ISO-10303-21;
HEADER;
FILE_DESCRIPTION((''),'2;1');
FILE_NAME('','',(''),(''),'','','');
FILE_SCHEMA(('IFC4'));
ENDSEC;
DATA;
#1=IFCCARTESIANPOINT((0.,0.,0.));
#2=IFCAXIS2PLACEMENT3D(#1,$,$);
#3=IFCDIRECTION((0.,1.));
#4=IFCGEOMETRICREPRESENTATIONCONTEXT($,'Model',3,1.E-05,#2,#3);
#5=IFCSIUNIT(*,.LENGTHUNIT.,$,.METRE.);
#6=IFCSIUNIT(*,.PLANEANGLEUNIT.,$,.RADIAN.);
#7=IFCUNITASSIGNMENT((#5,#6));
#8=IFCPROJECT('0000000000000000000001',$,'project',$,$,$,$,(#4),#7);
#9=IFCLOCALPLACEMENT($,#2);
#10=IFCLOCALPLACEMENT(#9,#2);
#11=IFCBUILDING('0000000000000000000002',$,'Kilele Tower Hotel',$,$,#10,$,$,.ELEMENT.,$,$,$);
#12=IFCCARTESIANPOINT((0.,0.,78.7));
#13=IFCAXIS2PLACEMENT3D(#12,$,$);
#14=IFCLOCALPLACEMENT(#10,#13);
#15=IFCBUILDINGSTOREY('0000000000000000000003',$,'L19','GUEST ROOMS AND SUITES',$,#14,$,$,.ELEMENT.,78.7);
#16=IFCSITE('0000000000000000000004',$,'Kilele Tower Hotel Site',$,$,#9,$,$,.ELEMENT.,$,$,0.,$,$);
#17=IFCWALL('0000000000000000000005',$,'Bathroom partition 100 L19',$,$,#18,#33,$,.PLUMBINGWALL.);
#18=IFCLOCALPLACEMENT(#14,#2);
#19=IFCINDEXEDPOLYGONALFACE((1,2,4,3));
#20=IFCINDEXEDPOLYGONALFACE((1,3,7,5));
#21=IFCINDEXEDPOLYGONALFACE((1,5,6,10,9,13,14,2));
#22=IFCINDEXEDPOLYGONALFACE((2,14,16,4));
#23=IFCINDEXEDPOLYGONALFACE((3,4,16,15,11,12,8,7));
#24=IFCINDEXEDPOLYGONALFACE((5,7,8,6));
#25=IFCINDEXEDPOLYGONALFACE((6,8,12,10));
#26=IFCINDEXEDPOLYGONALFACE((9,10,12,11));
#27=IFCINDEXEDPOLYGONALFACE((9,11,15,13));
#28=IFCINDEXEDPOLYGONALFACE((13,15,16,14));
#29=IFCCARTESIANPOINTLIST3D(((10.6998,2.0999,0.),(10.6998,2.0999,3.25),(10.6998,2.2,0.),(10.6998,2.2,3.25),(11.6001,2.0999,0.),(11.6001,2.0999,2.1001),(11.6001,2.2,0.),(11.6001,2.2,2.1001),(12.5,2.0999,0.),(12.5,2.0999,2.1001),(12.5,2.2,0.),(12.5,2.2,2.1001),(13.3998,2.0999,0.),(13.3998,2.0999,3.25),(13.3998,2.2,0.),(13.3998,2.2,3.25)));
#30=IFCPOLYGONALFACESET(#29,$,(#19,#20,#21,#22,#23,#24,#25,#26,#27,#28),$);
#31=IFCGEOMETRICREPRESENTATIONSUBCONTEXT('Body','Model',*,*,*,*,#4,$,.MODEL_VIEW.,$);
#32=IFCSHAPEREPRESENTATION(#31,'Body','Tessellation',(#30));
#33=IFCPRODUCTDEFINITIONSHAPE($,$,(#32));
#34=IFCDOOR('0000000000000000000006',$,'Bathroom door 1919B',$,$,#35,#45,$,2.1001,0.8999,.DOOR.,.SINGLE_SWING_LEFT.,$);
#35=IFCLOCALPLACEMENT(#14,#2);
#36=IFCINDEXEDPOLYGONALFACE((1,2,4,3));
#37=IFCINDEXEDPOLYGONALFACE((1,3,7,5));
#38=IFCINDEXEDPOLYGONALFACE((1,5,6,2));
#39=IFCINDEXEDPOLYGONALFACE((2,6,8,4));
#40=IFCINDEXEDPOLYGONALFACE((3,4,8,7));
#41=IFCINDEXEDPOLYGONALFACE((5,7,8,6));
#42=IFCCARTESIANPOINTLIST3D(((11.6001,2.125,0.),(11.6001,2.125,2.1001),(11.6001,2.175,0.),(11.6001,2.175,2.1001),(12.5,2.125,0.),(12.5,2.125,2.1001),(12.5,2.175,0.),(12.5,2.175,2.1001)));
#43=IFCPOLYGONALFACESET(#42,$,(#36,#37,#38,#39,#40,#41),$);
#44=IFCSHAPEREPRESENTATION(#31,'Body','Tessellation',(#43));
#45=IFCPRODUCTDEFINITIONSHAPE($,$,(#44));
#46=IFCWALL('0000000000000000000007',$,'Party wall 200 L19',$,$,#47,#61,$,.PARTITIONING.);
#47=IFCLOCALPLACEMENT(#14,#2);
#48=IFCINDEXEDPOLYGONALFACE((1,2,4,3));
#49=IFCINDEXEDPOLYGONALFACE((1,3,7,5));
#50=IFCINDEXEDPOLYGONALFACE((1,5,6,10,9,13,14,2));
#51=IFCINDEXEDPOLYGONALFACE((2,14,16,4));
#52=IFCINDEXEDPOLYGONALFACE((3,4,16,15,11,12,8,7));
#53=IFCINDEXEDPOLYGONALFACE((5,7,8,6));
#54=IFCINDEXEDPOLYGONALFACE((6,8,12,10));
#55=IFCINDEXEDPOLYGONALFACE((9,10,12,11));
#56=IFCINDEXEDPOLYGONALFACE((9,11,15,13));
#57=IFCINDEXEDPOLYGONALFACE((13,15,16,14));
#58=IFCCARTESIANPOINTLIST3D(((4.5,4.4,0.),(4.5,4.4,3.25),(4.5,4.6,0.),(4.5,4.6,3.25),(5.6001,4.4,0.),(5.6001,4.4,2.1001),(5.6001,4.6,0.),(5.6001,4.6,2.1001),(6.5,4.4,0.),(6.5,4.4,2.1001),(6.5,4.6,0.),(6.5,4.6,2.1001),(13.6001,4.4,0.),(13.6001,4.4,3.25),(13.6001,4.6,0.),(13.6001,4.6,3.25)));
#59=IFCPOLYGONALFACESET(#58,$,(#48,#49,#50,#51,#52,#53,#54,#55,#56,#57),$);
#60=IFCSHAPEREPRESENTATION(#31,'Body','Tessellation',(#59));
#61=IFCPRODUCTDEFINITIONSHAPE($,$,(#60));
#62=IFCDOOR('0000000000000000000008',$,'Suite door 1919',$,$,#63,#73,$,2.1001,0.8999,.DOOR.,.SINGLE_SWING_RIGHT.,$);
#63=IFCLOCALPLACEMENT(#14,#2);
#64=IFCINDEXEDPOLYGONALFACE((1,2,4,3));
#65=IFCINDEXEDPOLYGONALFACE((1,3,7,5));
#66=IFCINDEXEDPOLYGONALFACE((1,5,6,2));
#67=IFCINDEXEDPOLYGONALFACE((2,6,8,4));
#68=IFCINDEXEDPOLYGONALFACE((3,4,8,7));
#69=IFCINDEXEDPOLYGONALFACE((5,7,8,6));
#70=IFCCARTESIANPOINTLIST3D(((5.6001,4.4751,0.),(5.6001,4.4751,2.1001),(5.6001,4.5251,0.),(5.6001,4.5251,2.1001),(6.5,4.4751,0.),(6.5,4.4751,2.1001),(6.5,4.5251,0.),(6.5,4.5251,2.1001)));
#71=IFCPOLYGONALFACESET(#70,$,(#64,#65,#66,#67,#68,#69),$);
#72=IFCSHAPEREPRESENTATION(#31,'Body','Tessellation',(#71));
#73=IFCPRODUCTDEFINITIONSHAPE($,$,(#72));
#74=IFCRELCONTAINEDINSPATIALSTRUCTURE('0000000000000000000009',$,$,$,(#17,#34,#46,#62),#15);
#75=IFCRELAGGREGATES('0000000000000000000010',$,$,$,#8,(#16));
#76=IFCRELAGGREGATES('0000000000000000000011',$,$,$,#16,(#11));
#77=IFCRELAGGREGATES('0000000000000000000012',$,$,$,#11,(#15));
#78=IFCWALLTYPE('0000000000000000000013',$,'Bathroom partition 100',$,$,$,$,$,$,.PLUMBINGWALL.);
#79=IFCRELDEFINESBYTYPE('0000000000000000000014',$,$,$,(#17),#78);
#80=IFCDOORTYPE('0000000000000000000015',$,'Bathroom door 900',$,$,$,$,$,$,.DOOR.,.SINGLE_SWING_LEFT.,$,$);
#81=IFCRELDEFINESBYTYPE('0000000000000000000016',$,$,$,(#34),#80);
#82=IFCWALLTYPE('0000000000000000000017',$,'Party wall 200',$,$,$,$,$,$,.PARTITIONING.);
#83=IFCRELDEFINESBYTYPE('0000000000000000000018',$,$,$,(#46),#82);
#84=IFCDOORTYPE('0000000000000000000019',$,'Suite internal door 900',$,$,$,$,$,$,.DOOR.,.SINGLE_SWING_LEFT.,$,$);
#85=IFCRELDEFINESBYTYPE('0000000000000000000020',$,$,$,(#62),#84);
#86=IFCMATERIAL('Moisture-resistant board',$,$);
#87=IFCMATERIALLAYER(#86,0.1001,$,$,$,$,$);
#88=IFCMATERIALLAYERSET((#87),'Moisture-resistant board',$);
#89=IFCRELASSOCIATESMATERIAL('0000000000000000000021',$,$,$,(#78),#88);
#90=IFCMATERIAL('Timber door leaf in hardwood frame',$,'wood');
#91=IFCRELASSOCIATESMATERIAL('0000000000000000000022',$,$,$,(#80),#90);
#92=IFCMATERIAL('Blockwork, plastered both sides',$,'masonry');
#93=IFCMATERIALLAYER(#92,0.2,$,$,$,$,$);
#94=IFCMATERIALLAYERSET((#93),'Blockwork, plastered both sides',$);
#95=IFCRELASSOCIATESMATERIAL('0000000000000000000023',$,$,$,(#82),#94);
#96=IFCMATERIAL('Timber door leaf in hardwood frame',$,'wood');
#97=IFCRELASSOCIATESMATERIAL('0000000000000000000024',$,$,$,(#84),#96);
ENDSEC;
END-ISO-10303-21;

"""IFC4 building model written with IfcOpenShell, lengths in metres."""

from ifc_helpers import new_model, si_unit, direction, frame, frame_2d, origin, place, context, subcontext, project, spatial, rectangle, extrude, material, layer, layer_set, type_object, element, fill, save


model = new_model("IFC4")

# Units and contexts
model_context = context("Model", 3, precision=1e-05, world=origin(), true_north=direction((0.0, 1.0)))
body_context = subcontext(model_context, "Body", "Model", "MODEL_VIEW")
ifc_project = project(units=[si_unit("LENGTHUNIT", "METRE"), si_unit("PLANEANGLEUNIT", "RADIAN")], contexts=[model_context])

# Site, building, storey
site_placement = place(None, origin())
site = spatial("IfcSite", under=ifc_project, at=site_placement, Name="Kilele Tower Hotel Site", CompositionType="ELEMENT", RefElevation=0.0)
building_placement = place(site_placement, origin())
building = spatial("IfcBuilding", under=site, at=building_placement, Name="Kilele Tower Hotel", CompositionType="ELEMENT")
storey_placement = place(building_placement, frame((0.0, 0.0, 78.7)))
storey = spatial("IfcBuildingStorey", under=building, at=storey_placement, Name="L19", Description="GUEST ROOMS AND SUITES", CompositionType="ELEMENT", Elevation=78.7)

# Shared definitions
ifc_material_1 = material(Name="Moisture-resistant board")
ifc_layer_1 = layer(ifc_material_1, 0.1001)
ifc_layer_set_1 = layer_set([ifc_layer_1], Name="Moisture-resistant board")
wall_type_1 = type_object("IfcWallType", Name="Bathroom partition 100", PredefinedType="PLUMBINGWALL", material=ifc_layer_set_1)

# Walls, openings, doors
ifc_material_2 = material(Name="Timber door leaf in hardwood frame", Category="wood")
door_type_1 = type_object("IfcDoorType", Name="Bathroom door 900", OperationType="SINGLE_SWING_LEFT", PredefinedType="DOOR", material=ifc_material_2)
wall_1_placement = place(storey_placement, frame((13.3999, 2.1499, 0.0), z_axis=(0.0, 0.0, 1.0), x_axis=(-1.0, 0.0, 0.0)))
wall_1 = element("IfcWall", 1, at=wall_1_placement, inside=storey, type_object=wall_type_1, Name="Bathroom partition 100 L19", PredefinedType="PLUMBINGWALL", context=body_context, shape_type="SweptSolid", body=[
    extrude(rectangle(XDim=2.7, YDim=0.1001, at=frame_2d((1.3501, 0.0))), origin(), (0.0, 0.0, 1.0), 3.25),
])
opening_1_placement = place(wall_1_placement, frame((0.8999, 0.0, 0.0)))
opening_1 = element("IfcOpeningElement", 2, at=opening_1_placement, cuts=wall_1, PredefinedType="OPENING", context=body_context, shape_type="SweptSolid", body=[
    extrude(rectangle(XDim=0.8999, YDim=2.1001, at=frame_2d((0.45, 1.05))), frame((0.0, 0.0601, 0.0), z_axis=(0.0, -1.0, 0.0), x_axis=(1.0, 0.0, 0.0)), (0.0, 0.0, 1.0), 0.1201),
])
door_1_placement = place(opening_1_placement, origin())
door_1 = element("IfcDoor", 3, at=door_1_placement, inside=storey, type_object=door_type_1, Name="Bathroom door 1919B", OperationType="SINGLE_SWING_LEFT", OverallHeight=2.1001, OverallWidth=0.8999, PredefinedType="DOOR", context=body_context, shape_type="SweptSolid", body=[
    extrude(rectangle(XDim=0.8999, YDim=2.1001, at=frame_2d((0.45, 1.05))), frame((0.0, 0.0249, 0.0), z_axis=(0.0, -1.0, 0.0), x_axis=(1.0, 0.0, 0.0)), (0.0, 0.0, 1.0), 0.05),
])
fill(opening_1, door_1)
ifc_material_3 = material(Name="Blockwork, plastered both sides", Category="masonry")
ifc_layer_2 = layer(ifc_material_3, 0.2)
ifc_layer_set_2 = layer_set([ifc_layer_2], Name="Blockwork, plastered both sides")
wall_type_2 = type_object("IfcWallType", Name="Party wall 200", PredefinedType="PARTITIONING", material=ifc_layer_set_2)
wall_2_placement = place(storey_placement, frame((13.6001, 4.5, 0.0), z_axis=(0.0, 0.0, 1.0), x_axis=(-1.0, 0.0, 0.0)))
wall_2 = element("IfcWall", 4, at=wall_2_placement, inside=storey, type_object=wall_type_2, Name="Party wall 200 L19", PredefinedType="PARTITIONING", context=body_context, shape_type="SweptSolid", body=[
    extrude(rectangle(XDim=9.1001, YDim=0.2, at=frame_2d((4.55, 0.0))), origin(), (0.0, 0.0, 1.0), 3.25),
])
opening_2_placement = place(wall_2_placement, frame((7.1001, 0.0, 0.0)))
opening_2 = element("IfcOpeningElement", 5, at=opening_2_placement, cuts=wall_2, PredefinedType="OPENING", context=body_context, shape_type="SweptSolid", body=[
    extrude(rectangle(XDim=0.8999, YDim=2.1001, at=frame_2d((0.45, 1.05))), frame((0.0, 0.1099, 0.0), z_axis=(0.0, -1.0, 0.0), x_axis=(1.0, 0.0, 0.0)), (0.0, 0.0, 1.0), 0.22),
])
ifc_material_4 = material(Name="Timber door leaf in hardwood frame", Category="wood")
door_type_2 = type_object("IfcDoorType", Name="Suite internal door 900", OperationType="SINGLE_SWING_LEFT", PredefinedType="DOOR", material=ifc_material_4)
door_2_placement = place(opening_2_placement, origin())
door_2 = element("IfcDoor", 6, at=door_2_placement, inside=storey, type_object=door_type_2, Name="Suite door 1919", OperationType="SINGLE_SWING_RIGHT", OverallHeight=2.1001, OverallWidth=0.8999, PredefinedType="DOOR", context=body_context, shape_type="SweptSolid", body=[
    extrude(rectangle(XDim=0.8999, YDim=2.1001, at=frame_2d((0.45, 1.05))), frame((0.0, 0.0249, 0.0), z_axis=(0.0, -1.0, 0.0), x_axis=(1.0, 0.0, 0.0)), (0.0, 0.0, 1.0), 0.05),
])
fill(opening_2, door_2)

save(model, "model.ifc")
